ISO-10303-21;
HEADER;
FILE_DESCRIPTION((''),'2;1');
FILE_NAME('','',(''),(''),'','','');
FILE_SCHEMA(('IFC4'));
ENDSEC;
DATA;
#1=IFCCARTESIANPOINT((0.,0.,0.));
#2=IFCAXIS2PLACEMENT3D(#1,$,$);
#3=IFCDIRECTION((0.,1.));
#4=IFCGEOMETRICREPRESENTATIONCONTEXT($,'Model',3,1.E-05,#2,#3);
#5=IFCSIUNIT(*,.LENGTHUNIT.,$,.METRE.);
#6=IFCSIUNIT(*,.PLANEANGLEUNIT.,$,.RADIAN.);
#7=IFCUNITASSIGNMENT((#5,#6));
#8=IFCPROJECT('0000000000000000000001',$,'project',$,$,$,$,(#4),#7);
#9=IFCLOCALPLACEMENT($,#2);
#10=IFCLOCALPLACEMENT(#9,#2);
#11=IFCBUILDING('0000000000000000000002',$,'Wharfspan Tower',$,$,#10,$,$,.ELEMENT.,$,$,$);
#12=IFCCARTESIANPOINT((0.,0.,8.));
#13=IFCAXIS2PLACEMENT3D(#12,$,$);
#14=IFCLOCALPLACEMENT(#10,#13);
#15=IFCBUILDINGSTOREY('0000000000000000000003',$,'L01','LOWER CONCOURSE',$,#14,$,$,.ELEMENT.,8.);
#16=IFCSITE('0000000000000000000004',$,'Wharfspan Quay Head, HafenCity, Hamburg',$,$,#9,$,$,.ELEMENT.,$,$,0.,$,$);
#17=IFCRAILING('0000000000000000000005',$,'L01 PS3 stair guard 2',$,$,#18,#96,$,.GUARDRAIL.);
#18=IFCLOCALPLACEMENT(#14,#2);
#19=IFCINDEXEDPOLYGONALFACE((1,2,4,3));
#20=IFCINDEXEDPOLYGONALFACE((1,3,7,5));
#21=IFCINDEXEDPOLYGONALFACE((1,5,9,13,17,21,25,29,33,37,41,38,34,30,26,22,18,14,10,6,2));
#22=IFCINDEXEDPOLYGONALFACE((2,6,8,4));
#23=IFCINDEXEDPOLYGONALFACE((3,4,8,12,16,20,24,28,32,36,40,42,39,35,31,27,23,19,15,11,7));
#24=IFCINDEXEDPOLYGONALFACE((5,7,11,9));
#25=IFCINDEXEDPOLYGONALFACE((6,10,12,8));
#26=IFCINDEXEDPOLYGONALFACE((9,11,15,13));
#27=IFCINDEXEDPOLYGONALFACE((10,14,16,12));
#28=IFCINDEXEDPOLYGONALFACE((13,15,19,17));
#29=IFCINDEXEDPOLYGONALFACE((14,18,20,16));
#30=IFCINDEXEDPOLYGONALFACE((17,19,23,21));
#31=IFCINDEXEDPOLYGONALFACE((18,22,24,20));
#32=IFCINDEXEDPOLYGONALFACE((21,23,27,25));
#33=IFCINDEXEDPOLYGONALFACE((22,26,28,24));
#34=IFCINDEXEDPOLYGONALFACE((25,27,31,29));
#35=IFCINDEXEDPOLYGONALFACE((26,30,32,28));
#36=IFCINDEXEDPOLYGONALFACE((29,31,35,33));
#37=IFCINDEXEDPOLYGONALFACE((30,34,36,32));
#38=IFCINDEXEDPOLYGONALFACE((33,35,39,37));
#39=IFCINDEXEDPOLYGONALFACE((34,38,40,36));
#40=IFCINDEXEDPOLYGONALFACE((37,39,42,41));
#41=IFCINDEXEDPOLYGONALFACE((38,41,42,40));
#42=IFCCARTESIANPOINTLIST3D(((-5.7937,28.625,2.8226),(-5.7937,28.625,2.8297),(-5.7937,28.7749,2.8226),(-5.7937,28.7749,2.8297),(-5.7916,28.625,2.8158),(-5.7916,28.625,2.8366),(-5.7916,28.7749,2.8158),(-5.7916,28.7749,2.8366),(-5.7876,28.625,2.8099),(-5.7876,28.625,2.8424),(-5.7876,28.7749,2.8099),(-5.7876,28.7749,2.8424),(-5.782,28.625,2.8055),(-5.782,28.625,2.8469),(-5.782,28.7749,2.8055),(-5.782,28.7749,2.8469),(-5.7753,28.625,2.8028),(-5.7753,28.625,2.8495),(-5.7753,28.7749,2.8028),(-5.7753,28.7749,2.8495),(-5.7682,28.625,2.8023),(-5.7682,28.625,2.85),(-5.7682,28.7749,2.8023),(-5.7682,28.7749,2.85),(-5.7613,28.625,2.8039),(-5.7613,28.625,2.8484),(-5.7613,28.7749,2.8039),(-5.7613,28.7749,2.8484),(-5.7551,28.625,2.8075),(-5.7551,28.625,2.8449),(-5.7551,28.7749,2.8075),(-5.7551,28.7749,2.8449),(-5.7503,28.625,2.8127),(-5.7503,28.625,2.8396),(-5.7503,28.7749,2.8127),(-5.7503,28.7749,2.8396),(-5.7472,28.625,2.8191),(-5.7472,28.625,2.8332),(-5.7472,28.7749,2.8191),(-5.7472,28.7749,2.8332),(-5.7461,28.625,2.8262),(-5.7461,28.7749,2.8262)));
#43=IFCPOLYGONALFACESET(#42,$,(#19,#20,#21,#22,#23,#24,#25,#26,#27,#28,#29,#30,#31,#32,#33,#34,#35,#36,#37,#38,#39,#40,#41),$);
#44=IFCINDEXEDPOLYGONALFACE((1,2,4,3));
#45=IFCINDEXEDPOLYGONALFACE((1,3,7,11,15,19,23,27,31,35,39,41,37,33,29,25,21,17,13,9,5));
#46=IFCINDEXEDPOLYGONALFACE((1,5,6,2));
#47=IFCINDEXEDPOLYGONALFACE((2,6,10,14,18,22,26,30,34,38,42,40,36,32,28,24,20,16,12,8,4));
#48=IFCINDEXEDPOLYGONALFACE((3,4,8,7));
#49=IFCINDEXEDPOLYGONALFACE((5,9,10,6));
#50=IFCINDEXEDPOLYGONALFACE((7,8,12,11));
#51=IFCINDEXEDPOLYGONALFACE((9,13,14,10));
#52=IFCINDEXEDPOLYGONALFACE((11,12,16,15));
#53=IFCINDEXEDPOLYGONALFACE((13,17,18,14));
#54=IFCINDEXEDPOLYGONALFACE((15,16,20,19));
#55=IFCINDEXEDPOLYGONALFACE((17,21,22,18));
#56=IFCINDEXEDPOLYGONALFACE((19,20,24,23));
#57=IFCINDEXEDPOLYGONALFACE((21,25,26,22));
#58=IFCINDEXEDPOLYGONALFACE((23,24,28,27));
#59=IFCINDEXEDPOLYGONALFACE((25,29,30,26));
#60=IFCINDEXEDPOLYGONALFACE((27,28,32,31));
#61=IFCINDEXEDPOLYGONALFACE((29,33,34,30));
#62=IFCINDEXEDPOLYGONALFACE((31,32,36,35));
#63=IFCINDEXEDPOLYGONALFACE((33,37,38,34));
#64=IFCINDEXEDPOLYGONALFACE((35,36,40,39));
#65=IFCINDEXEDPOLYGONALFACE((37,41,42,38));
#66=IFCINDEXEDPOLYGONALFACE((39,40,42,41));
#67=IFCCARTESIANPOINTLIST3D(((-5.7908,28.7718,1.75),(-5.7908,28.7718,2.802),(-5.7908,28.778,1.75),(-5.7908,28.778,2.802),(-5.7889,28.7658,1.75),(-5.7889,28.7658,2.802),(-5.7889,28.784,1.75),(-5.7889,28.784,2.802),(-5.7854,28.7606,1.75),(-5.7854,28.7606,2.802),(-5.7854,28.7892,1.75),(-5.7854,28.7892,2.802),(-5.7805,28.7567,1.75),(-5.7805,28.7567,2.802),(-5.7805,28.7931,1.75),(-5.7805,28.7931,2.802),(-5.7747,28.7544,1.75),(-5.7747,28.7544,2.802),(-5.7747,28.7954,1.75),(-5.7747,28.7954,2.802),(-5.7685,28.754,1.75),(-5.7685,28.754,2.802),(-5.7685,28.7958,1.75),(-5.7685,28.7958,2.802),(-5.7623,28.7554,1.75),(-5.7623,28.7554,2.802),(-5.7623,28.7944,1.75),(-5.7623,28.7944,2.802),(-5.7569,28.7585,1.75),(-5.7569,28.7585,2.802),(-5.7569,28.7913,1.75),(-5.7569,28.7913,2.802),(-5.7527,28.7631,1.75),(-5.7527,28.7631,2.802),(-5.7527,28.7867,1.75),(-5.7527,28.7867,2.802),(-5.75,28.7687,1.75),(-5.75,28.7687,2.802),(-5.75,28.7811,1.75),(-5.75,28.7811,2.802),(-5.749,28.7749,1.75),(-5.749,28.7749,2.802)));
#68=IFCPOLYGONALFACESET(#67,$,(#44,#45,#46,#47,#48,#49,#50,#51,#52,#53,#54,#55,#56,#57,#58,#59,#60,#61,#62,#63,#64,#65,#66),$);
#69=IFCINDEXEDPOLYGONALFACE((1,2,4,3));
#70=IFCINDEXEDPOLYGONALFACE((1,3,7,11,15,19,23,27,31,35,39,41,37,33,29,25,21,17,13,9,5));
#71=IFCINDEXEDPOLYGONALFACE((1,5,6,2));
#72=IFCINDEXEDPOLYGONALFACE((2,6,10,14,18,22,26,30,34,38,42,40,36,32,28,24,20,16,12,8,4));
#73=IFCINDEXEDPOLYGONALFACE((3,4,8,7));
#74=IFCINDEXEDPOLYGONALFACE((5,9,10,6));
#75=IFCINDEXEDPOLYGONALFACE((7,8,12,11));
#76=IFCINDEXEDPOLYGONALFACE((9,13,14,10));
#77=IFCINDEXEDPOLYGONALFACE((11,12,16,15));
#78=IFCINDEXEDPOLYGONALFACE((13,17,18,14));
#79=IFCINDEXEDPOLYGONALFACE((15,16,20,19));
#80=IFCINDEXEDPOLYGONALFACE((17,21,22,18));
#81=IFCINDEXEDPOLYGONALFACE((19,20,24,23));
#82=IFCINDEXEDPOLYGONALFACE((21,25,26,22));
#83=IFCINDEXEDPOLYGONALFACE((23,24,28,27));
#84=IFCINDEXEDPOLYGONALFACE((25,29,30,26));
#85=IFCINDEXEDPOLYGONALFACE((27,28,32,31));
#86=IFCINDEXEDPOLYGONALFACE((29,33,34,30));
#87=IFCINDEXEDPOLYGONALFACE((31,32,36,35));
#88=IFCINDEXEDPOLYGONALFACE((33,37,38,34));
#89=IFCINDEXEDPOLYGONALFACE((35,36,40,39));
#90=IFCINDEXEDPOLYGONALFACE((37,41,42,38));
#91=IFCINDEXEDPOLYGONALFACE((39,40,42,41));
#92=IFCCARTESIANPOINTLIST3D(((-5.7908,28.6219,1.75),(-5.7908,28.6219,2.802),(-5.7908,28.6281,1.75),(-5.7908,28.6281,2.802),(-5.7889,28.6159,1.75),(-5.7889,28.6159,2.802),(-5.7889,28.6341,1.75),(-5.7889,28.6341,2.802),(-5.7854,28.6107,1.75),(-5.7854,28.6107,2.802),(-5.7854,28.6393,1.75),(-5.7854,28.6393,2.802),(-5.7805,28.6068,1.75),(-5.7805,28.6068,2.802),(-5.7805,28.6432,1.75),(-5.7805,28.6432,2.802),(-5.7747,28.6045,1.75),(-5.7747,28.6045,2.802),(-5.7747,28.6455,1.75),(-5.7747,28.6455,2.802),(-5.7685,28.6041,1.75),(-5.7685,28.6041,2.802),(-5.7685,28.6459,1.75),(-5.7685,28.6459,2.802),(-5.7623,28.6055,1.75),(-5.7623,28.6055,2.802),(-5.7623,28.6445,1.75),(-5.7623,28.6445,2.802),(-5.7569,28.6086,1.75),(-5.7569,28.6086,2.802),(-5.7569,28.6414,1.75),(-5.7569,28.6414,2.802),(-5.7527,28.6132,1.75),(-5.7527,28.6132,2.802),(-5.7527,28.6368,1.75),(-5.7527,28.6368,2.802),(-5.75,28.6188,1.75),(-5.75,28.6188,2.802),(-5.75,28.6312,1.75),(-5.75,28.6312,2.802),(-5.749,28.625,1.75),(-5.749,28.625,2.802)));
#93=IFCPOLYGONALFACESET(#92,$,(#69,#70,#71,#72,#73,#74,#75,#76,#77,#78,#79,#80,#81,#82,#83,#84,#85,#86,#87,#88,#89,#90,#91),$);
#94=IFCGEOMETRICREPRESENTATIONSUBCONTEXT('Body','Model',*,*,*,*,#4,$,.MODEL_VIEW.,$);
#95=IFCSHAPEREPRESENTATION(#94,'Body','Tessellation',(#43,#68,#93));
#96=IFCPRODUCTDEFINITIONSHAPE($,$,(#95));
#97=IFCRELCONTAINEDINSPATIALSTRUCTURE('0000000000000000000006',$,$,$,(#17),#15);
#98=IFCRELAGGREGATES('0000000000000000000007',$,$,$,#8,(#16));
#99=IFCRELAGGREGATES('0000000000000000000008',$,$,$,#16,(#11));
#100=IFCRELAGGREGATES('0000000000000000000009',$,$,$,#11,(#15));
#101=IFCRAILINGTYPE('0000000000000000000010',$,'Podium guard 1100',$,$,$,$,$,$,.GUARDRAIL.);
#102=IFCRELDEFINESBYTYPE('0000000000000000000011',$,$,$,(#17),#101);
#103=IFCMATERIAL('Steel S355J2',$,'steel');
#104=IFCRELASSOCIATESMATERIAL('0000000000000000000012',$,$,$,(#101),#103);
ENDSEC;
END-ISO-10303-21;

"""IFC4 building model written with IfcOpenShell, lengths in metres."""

from ifc_helpers import new_model, si_unit, direction, frame, origin, origin_2d, place, context, subcontext, project, spatial, circle, extrude, material, type_object, element, save


model = new_model("IFC4")

# Units and contexts
model_context = context("Model", 3, precision=1e-05, world=origin(), true_north=direction((0.0, 1.0)))
body_context = subcontext(model_context, "Body", "Model", "MODEL_VIEW")
ifc_project = project(units=[si_unit("LENGTHUNIT", "METRE"), si_unit("PLANEANGLEUNIT", "RADIAN")], contexts=[model_context])

# Site, building, storey
site_placement = place(None, origin())
site = spatial("IfcSite", under=ifc_project, at=site_placement, Name="Wharfspan Quay Head, HafenCity, Hamburg", CompositionType="ELEMENT", RefElevation=0.0)
building_placement = place(site_placement, origin())
building = spatial("IfcBuilding", under=site, at=building_placement, Name="Wharfspan Tower", CompositionType="ELEMENT")
storey_placement = place(building_placement, frame((0.0, 0.0, 8.0)))
storey = spatial("IfcBuildingStorey", under=building, at=storey_placement, Name="L01", Description="LOWER CONCOURSE", CompositionType="ELEMENT", Elevation=8.0)

# Railing
ifc_material_1 = material(Name="Steel S355J2", Category="steel")
railing_type_1 = type_object("IfcRailingType", Name="Podium guard 1100", PredefinedType="GUARDRAIL", material=ifc_material_1)
railing_1_placement = place(storey_placement, frame((-5.77, 28.7749, 1.75)))
element("IfcRailing", 1, at=railing_1_placement, inside=storey, type_object=railing_type_1, Name="L01 PS3 stair guard 2", PredefinedType="GUARDRAIL", context=body_context, shape_type="SweptSolid", body=[
    extrude(circle(Radius=0.0239, at=origin_2d()), frame((0.0, 0.0, 1.0762), z_axis=(0.0, -1.0, 0.0), x_axis=(1.0, 0.0, 0.0)), (0.0, 0.0, 1.0), 0.1499),
    extrude(circle(Radius=0.021, at=origin_2d()), origin(), (0.0, 0.0, 1.0), 1.052),
    extrude(circle(Radius=0.021, at=origin_2d()), frame((0.0, -0.1499, 0.0)), (0.0, 0.0, 1.0), 1.052),
])

save(model, "model.ifc")
